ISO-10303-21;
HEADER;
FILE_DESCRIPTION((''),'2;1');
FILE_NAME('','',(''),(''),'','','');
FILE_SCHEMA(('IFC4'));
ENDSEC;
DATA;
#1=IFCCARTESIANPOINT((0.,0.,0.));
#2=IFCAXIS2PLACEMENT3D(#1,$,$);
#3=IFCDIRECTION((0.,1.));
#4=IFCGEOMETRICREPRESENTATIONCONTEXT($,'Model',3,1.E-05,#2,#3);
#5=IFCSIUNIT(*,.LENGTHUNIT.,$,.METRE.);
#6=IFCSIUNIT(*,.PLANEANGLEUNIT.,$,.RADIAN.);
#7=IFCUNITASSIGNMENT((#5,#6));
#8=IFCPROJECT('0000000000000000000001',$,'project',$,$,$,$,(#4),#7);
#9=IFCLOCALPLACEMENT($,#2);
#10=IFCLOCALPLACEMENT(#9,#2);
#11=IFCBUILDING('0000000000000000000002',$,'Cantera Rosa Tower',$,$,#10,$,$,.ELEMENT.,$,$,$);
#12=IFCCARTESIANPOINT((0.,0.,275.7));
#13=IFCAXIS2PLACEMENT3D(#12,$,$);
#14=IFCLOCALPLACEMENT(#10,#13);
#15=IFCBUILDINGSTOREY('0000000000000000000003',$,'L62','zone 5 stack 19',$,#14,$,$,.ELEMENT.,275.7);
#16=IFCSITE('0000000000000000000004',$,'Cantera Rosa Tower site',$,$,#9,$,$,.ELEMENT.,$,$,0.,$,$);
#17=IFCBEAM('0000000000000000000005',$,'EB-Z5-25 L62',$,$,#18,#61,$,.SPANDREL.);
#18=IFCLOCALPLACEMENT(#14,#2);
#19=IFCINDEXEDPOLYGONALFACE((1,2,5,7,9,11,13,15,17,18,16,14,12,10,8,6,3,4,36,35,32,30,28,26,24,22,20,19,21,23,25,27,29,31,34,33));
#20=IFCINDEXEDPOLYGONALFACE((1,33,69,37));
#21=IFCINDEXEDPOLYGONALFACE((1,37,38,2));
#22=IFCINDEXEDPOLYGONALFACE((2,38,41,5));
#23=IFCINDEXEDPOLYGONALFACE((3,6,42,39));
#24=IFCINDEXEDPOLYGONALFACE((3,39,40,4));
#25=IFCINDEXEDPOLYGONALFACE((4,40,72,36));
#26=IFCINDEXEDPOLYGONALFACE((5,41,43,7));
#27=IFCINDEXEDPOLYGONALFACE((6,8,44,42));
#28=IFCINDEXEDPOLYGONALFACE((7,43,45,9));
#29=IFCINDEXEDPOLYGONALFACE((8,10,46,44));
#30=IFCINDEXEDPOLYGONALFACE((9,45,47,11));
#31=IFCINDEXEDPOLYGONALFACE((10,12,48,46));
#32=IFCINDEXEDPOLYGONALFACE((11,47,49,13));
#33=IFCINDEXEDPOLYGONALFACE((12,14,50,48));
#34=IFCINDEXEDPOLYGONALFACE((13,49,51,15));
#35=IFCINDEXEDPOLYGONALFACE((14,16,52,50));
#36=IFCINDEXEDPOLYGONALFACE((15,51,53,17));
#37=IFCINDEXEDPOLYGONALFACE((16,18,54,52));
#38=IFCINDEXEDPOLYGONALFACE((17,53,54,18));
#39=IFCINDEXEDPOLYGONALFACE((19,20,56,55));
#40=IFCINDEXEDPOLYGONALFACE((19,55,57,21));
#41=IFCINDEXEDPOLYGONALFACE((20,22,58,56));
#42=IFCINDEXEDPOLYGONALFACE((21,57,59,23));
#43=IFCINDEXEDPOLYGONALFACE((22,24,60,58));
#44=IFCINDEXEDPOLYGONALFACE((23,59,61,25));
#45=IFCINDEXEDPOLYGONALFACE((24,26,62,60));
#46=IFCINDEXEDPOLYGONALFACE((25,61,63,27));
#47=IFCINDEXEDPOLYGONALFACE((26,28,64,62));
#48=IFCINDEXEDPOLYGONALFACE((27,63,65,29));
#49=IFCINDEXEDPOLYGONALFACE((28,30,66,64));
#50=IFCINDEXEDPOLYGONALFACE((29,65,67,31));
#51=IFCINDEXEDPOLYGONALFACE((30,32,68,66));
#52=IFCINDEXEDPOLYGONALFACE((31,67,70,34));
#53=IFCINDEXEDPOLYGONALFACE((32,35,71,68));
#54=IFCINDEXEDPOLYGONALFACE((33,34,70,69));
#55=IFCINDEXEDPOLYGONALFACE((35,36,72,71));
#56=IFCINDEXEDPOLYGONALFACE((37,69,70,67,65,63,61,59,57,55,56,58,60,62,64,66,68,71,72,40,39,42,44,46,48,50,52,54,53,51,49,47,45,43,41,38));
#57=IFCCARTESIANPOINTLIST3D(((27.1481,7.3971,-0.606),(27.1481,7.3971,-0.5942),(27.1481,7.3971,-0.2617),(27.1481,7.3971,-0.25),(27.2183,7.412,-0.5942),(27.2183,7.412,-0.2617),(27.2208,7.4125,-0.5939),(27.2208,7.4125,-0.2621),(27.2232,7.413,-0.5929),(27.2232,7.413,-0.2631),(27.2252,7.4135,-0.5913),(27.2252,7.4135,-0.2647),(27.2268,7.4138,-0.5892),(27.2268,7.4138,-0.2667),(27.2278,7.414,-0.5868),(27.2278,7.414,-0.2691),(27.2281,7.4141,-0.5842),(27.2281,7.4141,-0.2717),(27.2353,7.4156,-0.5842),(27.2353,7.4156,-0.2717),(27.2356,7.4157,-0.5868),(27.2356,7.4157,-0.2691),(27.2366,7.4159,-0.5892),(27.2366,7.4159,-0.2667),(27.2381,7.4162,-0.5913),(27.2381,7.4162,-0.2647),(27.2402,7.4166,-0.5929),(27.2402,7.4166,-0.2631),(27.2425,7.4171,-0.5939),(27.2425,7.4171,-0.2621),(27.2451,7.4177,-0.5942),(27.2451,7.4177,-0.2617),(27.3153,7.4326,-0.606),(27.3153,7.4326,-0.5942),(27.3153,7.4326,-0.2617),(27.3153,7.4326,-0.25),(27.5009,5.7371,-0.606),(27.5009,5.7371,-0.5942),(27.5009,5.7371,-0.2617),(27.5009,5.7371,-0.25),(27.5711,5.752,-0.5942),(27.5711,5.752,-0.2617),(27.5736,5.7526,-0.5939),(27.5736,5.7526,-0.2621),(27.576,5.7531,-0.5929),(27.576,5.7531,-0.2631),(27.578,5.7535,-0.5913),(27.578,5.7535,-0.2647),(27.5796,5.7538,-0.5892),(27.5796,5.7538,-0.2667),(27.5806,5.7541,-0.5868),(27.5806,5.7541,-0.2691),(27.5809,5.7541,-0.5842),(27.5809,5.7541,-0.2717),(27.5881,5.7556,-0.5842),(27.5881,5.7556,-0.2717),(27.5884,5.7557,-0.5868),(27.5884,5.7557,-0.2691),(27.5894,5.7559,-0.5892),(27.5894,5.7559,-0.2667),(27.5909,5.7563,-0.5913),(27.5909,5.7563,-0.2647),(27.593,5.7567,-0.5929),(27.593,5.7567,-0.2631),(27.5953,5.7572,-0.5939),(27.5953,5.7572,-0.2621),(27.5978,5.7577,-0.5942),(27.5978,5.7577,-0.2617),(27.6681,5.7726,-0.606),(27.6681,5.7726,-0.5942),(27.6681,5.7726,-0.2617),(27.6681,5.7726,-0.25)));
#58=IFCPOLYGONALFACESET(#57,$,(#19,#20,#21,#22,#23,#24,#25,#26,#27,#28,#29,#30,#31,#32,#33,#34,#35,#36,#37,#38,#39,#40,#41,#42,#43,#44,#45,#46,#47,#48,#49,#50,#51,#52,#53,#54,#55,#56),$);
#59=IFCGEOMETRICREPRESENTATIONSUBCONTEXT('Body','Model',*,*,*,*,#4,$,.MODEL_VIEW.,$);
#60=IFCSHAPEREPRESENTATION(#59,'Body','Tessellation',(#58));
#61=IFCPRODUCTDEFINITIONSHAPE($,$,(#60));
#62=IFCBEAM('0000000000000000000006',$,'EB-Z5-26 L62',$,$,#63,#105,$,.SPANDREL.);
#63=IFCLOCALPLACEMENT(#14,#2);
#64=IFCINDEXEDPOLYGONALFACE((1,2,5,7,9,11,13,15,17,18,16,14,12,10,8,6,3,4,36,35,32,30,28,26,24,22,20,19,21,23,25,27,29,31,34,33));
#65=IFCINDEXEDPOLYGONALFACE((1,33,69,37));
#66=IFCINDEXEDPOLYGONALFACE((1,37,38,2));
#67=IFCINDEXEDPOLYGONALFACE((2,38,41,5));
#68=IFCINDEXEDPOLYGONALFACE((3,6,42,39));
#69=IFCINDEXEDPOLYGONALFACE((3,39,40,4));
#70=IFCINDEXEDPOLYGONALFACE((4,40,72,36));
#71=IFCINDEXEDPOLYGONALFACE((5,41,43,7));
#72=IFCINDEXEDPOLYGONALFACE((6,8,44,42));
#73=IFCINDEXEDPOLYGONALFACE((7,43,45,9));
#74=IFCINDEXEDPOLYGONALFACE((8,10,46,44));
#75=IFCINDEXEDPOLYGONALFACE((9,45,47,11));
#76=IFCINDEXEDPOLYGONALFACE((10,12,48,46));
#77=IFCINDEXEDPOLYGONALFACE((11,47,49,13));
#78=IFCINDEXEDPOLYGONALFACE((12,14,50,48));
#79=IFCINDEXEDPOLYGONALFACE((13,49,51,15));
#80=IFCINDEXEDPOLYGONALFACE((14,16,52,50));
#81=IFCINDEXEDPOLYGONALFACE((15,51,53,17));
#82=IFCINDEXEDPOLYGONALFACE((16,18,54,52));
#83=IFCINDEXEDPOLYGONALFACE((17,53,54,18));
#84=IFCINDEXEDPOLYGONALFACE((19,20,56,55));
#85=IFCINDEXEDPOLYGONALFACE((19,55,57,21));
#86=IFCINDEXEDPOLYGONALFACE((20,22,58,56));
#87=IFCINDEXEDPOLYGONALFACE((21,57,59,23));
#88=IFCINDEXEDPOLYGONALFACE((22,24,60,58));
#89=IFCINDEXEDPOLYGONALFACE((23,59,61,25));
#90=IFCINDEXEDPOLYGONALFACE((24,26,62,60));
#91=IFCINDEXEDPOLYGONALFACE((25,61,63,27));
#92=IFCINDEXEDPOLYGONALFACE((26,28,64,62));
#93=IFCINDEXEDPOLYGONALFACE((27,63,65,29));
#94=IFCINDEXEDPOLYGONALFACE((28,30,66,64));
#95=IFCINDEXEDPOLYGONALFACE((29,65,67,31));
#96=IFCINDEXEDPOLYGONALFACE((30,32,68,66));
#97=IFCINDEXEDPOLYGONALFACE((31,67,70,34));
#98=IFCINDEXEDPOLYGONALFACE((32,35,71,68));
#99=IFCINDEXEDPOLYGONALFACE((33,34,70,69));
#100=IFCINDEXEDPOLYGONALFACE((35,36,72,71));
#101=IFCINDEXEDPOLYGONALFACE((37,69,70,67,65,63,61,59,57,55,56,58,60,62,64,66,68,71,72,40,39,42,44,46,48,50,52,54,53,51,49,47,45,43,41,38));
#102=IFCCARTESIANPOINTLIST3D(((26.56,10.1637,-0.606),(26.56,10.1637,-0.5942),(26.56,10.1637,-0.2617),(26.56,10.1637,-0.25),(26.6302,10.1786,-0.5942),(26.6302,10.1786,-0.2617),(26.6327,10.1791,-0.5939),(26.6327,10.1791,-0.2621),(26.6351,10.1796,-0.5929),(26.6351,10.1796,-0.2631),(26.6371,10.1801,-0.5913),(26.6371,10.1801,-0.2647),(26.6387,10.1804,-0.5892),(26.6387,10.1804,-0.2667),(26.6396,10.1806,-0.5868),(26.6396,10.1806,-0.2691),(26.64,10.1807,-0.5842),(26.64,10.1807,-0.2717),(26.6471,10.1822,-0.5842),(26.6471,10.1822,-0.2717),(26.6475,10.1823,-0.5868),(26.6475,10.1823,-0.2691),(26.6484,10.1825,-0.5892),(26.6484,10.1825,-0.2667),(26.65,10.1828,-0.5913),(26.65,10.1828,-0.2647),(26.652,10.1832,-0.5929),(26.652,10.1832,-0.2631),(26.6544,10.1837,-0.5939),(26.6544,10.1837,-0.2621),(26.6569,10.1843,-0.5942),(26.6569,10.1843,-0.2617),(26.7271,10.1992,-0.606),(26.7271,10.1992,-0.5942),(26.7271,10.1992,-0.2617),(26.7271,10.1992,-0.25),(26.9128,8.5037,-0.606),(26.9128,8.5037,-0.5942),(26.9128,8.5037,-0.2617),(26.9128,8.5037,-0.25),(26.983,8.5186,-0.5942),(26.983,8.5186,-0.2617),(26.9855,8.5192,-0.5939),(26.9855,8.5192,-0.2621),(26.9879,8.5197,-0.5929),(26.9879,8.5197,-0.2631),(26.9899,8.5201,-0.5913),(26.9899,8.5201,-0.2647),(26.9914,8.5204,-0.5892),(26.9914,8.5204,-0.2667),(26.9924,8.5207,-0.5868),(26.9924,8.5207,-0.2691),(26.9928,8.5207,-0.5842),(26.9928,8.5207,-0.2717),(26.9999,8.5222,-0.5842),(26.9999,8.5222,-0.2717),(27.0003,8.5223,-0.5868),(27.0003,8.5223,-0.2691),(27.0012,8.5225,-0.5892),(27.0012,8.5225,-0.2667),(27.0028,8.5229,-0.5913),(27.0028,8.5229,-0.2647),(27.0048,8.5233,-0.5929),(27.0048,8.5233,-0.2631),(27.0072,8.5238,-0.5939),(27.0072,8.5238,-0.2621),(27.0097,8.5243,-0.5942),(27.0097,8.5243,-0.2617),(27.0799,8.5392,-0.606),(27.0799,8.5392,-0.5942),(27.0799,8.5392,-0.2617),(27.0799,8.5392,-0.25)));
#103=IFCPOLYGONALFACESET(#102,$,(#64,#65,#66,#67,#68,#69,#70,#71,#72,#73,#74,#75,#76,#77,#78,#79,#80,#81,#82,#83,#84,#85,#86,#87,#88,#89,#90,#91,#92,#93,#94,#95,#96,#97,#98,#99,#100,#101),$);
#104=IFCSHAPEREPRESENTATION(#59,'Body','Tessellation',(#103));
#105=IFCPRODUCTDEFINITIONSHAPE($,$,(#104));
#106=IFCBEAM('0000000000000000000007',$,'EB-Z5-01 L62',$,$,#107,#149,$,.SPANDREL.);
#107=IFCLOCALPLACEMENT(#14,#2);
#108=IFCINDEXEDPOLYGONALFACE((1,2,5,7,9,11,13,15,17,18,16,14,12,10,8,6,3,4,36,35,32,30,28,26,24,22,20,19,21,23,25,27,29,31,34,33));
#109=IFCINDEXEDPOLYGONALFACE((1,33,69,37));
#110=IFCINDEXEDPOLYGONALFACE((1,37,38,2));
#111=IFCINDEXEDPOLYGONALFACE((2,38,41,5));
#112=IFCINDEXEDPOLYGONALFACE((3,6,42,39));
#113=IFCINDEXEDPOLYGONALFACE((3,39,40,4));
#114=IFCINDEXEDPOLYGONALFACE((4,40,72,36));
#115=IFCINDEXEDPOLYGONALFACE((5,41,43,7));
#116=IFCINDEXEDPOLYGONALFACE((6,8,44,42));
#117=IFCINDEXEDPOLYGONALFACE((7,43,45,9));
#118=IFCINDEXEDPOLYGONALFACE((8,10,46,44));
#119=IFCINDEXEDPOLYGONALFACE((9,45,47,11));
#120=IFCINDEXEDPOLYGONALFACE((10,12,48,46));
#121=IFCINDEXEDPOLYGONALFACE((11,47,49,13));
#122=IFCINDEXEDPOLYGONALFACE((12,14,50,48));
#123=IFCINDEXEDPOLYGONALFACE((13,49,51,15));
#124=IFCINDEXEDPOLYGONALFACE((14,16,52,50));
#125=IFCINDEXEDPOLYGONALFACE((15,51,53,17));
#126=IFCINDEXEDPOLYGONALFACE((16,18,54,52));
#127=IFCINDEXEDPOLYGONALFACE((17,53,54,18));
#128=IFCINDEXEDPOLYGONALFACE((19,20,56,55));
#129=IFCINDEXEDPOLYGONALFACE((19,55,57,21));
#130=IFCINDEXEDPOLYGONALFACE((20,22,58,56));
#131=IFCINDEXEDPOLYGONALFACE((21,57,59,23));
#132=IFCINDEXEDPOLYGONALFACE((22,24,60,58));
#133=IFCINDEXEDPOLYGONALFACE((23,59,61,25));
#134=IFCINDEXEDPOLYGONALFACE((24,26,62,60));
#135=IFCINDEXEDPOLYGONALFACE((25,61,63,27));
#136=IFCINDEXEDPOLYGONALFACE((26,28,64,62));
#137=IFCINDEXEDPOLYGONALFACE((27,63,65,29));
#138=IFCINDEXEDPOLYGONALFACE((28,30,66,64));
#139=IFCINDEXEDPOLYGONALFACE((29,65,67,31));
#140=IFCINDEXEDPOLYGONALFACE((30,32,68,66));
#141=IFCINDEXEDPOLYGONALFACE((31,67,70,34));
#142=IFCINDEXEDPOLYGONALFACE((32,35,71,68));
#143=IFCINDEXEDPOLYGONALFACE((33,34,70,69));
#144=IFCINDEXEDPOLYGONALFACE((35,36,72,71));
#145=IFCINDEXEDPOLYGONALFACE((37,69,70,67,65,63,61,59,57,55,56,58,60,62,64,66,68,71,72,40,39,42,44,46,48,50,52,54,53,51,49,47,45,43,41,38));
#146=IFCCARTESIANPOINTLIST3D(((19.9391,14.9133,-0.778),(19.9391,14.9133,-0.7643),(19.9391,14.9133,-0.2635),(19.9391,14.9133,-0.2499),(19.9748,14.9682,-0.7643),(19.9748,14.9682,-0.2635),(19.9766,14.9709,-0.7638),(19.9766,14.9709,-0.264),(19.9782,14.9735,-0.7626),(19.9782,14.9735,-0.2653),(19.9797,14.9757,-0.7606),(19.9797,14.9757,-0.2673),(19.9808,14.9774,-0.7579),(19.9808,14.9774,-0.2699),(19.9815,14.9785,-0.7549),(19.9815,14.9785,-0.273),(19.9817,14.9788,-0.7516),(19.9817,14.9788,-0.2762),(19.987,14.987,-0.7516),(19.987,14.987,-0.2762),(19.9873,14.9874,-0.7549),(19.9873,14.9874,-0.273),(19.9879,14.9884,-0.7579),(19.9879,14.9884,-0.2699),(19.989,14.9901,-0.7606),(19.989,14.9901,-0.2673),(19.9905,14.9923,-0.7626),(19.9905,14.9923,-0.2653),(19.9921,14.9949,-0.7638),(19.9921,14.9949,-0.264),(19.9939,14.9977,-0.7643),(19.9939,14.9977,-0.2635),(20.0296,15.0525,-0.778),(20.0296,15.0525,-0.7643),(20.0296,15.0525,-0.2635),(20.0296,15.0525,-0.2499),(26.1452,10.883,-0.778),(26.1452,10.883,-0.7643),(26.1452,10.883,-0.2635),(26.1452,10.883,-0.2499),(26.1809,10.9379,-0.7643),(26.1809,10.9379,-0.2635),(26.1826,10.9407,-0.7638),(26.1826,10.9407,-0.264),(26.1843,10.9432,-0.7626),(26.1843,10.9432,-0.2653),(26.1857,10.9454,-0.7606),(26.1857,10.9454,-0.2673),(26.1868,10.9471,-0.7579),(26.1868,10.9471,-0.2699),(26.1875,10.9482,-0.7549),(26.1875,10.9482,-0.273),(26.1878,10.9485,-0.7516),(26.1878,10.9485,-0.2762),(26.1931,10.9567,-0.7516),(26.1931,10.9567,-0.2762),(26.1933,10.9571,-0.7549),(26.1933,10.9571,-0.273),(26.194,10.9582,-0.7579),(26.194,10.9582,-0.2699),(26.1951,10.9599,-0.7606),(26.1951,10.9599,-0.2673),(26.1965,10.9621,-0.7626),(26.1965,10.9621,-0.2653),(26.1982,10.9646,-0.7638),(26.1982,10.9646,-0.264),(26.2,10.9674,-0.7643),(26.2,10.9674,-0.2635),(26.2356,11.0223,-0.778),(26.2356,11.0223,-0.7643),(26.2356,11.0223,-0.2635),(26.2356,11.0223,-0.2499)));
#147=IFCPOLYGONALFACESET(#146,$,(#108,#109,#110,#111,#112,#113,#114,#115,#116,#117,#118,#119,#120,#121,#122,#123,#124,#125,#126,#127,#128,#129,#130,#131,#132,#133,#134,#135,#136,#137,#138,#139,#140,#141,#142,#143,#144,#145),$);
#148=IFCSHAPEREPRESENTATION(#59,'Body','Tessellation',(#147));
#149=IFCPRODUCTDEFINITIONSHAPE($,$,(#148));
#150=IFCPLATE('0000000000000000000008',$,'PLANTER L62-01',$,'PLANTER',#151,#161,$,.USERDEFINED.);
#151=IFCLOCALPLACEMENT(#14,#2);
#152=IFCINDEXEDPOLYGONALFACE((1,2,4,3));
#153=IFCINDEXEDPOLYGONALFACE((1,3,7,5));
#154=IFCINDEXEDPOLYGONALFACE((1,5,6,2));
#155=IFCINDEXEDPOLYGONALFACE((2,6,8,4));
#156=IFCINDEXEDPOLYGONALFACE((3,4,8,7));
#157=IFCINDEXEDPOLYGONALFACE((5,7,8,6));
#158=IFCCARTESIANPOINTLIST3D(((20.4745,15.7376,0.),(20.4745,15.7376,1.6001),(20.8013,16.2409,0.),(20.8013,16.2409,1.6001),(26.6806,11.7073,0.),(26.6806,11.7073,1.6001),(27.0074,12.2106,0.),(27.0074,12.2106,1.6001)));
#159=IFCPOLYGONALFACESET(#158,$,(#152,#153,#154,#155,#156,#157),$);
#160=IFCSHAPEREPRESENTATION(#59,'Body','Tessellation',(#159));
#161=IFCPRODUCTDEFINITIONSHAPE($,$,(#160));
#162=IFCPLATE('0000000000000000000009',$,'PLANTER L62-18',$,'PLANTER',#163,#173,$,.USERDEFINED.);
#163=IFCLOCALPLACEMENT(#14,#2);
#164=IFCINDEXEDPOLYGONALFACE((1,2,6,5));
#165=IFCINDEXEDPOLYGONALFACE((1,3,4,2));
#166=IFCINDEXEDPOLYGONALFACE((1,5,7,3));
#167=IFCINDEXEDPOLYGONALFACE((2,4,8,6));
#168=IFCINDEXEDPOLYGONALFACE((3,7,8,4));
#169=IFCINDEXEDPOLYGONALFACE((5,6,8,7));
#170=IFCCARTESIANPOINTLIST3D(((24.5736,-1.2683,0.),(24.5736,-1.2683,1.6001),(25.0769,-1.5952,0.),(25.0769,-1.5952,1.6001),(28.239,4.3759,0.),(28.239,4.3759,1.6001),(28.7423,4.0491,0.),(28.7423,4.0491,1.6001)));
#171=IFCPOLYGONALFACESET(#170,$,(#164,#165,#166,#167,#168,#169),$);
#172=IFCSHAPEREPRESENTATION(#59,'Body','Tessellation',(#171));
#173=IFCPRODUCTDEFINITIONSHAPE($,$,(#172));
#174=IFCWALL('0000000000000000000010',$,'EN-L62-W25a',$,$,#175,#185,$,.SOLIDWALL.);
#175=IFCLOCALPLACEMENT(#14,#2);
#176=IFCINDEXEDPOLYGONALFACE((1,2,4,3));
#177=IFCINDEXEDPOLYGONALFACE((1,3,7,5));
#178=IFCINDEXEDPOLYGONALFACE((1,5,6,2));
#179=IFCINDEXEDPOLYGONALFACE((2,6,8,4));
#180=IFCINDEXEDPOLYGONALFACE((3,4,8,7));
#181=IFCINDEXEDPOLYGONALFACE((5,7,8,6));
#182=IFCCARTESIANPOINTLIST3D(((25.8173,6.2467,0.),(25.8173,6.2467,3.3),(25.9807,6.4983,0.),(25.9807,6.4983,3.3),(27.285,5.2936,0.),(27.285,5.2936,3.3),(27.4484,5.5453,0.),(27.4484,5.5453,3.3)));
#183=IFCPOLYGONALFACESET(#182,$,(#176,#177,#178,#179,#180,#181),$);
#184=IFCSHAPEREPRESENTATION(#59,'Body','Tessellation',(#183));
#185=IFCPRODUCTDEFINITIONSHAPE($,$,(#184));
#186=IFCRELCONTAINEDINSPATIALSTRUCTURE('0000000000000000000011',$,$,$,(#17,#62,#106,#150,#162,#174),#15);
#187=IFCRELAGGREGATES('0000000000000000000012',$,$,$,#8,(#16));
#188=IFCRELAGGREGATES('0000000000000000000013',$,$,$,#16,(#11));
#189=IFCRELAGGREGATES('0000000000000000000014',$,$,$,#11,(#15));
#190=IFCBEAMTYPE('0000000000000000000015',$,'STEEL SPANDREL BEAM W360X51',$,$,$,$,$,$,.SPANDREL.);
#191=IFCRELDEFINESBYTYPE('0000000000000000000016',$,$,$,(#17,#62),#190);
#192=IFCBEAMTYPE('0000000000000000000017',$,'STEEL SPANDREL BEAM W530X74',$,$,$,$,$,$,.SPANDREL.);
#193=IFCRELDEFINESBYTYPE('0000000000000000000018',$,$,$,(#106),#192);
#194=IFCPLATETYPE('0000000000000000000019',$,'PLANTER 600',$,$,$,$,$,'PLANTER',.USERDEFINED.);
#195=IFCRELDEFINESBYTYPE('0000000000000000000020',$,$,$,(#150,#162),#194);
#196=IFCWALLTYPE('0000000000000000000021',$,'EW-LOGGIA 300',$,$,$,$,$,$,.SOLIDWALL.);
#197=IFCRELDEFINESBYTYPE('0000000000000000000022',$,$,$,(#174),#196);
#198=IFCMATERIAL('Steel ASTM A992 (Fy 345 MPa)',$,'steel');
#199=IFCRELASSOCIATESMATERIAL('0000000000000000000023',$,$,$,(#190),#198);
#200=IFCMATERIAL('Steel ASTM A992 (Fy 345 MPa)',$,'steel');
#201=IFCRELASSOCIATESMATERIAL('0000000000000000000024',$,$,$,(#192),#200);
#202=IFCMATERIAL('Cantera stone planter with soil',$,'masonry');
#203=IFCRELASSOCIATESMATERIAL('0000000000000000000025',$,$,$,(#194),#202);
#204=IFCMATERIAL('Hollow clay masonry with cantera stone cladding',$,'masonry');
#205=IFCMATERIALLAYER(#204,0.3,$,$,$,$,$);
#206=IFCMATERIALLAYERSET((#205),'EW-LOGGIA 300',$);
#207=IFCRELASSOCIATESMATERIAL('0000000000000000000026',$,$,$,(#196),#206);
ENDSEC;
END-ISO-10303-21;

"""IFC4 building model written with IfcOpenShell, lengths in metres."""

from ifc_helpers import new_model, si_unit, direction, frame, frame_2d, origin, origin_2d, place, context, subcontext, project, spatial, rectangle, i_section, extrude, material, layer, layer_set, material_profile, profile_set, type_object, element, save


model = new_model("IFC4")

# Units and contexts
model_context = context("Model", 3, precision=1e-05, world=origin(), true_north=direction((0.0, 1.0)))
body_context = subcontext(model_context, "Body", "Model", "MODEL_VIEW")
ifc_project = project(units=[si_unit("LENGTHUNIT", "METRE"), si_unit("PLANEANGLEUNIT", "RADIAN")], contexts=[model_context])

# Site, building, storey
site_placement = place(None, origin())
site = spatial("IfcSite", under=ifc_project, at=site_placement, Name="Cantera Rosa Tower site", CompositionType="ELEMENT", RefElevation=0.0)
building_placement = place(site_placement, origin())
building = spatial("IfcBuilding", under=site, at=building_placement, Name="Cantera Rosa Tower", CompositionType="ELEMENT")
storey_placement = place(building_placement, frame((0.0, 0.0, 275.7)))
storey = spatial("IfcBuildingStorey", under=building, at=storey_placement, Name="L62", Description="zone 5 stack 19", CompositionType="ELEMENT", Elevation=275.7)

# Beams
ifc_material_1 = material(Name="Steel ASTM A992 (Fy 345 MPa)", Category="steel")
ifc_material_profile_1 = material_profile(ifc_material_1, i_section(OverallWidth=0.1709, OverallDepth=0.356, WebThickness=0.0073, FlangeThickness=0.0117, FilletRadius=0.01, at=origin_2d()), Name="W360X51")
ifc_profile_set_1 = profile_set([ifc_material_profile_1], Name="Steel ASTM A992 (Fy 345 MPa)")
beam_type_1 = type_object("IfcBeamType", Name="STEEL SPANDREL BEAM W360X51", PredefinedType="SPANDREL", material=ifc_profile_set_1)
for number, where, z_axis, x_axis, name in (
    (1, (27.5845, 5.7549, -0.428), (-0.207888, 0.978153, 0.0), (-0.978153, -0.207888, 0.0), "EB-Z5-25 L62"),
    (2, (26.9963, 8.5215, -0.428), (-0.207888, 0.978153, 0.0), (-0.978153, -0.207888, 0.0), "EB-Z5-26 L62"),
):
    element("IfcBeam", number, at=place(storey_placement, frame(where, z_axis=z_axis, x_axis=x_axis)), inside=storey, type_object=beam_type_1, Name=name, PredefinedType="SPANDREL", context=body_context, shape_type="SweptSolid", body=[
        extrude(i_section(OverallWidth=0.1709, OverallDepth=0.356, WebThickness=0.0073, FlangeThickness=0.0117, FilletRadius=0.01, at=origin_2d()), origin(), (0.0, 0.0, 1.0), 1.697),
    ])
ifc_material_2 = material(Name="Steel ASTM A992 (Fy 345 MPa)", Category="steel")
ifc_material_profile_2 = material_profile(ifc_material_2, i_section(OverallWidth=0.166, OverallDepth=0.5281, WebThickness=0.0098, FlangeThickness=0.0137, FilletRadius=0.0127, at=origin_2d()), Name="W530X74")
ifc_profile_set_2 = profile_set([ifc_material_profile_2], Name="Steel ASTM A992 (Fy 345 MPa)")
beam_type_2 = type_object("IfcBeamType", Name="STEEL SPANDREL BEAM W530X74", PredefinedType="SPANDREL", material=ifc_profile_set_2)
beam_1_placement = place(storey_placement, frame((26.1904, 10.9526, -0.5139), z_axis=(-0.83867, 0.54464, 0.0), x_axis=(-0.54464, -0.83867, 0.0)))
element("IfcBeam", 3, at=beam_1_placement, inside=storey, type_object=beam_type_2, Name="EB-Z5-01 L62", PredefinedType="SPANDREL", context=body_context, shape_type="SweptSolid", body=[
    extrude(i_section(OverallWidth=0.166, OverallDepth=0.5281, WebThickness=0.0098, FlangeThickness=0.0137, FilletRadius=0.0127, at=origin_2d()), origin(), (0.0, 0.0, 1.0), 7.3999),
])

# Plates
ifc_material_3 = material(Name="Cantera stone planter with soil", Category="masonry")
plate_type = type_object("IfcPlateType", Name="PLANTER 600", ElementType="PLANTER", PredefinedType="USERDEFINED", material=ifc_material_3)
plate_1_placement = place(storey_placement, frame((23.741, 13.9741, 0.0), z_axis=(0.0, 0.0, 1.0), x_axis=(-0.838671, 0.544639, 0.0)))
element("IfcPlate", 4, at=plate_1_placement, inside=storey, type_object=plate_type, Name="PLANTER L62-01", ObjectType="PLANTER", PredefinedType="USERDEFINED", context=body_context, shape_type="SweptSolid", body=[
    extrude(rectangle(XDim=7.3999, YDim=0.6001, at=origin_2d()), origin(), (0.0, 0.0, 1.0), 1.6001),
])
plate_2_placement = place(storey_placement, frame((26.658, 1.3904, 0.0), z_axis=(0.0, 0.0, 1.0), x_axis=(0.544639, 0.838671, 0.0)))
element("IfcPlate", 5, at=plate_2_placement, inside=storey, type_object=plate_type, Name="PLANTER L62-18", ObjectType="PLANTER", PredefinedType="USERDEFINED", context=body_context, shape_type="SweptSolid", body=[
    extrude(rectangle(XDim=6.73, YDim=0.6001, at=origin_2d()), origin(), (0.0, 0.0, 1.0), 1.6001),
])

# Wall
ifc_material_4 = material(Name="Hollow clay masonry with cantera stone cladding", Category="masonry")
ifc_layer_1 = layer(ifc_material_4, 0.3)
ifc_layer_set_1 = layer_set([ifc_layer_1], Name="EW-LOGGIA 300")
wall_type_1 = type_object("IfcWallType", Name="EW-LOGGIA 300", PredefinedType="SOLIDWALL", material=ifc_layer_set_1)
wall_1_placement = place(storey_placement, frame((27.3667, 5.4194, 0.0), z_axis=(0.0, 0.0, 1.0), x_axis=(-0.838686, 0.544616, 0.0)))
element("IfcWall", 6, at=wall_1_placement, inside=storey, type_object=wall_type_1, Name="EN-L62-W25a", PredefinedType="SOLIDWALL", context=body_context, shape_type="SweptSolid", body=[
    extrude(rectangle(XDim=1.75, YDim=0.3, at=frame_2d((0.875, 0.0))), origin(), (0.0, 0.0, 1.0), 3.3),
])

save(model, "model.ifc")
